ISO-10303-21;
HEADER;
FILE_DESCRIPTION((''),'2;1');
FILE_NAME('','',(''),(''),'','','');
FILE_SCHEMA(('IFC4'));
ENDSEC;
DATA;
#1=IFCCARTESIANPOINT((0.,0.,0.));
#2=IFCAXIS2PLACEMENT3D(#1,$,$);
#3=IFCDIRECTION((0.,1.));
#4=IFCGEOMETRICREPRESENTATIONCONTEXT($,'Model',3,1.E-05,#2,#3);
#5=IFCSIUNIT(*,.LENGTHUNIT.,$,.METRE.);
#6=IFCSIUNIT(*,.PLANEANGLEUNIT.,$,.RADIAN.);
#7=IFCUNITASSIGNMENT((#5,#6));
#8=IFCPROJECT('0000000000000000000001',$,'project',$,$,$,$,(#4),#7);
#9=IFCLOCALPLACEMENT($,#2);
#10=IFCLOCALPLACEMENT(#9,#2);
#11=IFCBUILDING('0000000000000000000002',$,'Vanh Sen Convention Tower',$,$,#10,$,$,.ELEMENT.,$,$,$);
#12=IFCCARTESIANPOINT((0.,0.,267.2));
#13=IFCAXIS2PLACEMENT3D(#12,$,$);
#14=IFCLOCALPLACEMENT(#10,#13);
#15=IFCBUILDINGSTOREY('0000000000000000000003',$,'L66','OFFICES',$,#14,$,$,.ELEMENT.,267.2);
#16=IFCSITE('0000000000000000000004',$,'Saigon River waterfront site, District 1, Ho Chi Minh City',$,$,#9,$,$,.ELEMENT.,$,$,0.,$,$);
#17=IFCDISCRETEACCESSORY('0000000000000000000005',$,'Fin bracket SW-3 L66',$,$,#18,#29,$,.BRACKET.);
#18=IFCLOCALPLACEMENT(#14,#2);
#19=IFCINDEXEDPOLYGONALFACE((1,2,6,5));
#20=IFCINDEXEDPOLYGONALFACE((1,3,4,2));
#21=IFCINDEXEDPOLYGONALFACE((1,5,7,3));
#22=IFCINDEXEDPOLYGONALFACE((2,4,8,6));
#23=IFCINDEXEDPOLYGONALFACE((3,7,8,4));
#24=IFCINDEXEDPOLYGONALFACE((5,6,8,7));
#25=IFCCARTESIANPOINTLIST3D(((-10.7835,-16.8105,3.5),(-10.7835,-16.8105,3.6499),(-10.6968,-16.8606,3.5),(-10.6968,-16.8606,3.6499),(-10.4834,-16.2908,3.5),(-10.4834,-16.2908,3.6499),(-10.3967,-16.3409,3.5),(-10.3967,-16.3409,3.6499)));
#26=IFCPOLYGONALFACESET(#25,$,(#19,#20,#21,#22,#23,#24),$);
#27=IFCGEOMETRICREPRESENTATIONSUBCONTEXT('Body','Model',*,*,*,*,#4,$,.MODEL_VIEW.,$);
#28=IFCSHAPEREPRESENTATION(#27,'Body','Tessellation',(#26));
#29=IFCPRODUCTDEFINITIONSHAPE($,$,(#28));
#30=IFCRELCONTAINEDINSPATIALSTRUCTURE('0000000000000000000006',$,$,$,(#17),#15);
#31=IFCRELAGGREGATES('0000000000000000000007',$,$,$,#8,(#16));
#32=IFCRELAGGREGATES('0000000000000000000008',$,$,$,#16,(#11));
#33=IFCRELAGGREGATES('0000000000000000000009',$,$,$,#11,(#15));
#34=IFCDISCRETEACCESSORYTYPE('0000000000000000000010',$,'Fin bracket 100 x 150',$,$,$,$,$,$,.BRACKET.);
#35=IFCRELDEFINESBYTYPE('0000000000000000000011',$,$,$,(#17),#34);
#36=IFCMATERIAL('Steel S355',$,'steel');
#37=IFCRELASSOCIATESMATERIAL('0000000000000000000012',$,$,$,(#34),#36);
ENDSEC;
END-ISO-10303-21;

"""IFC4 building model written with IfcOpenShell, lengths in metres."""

from ifc_helpers import new_model, si_unit, direction, frame, origin, origin_2d, place, context, subcontext, project, spatial, rectangle, extrude, material, type_object, element, save


model = new_model("IFC4")

# Units and contexts
model_context = context("Model", 3, precision=1e-05, world=origin(), true_north=direction((0.0, 1.0)))
body_context = subcontext(model_context, "Body", "Model", "MODEL_VIEW")
ifc_project = project(units=[si_unit("LENGTHUNIT", "METRE"), si_unit("PLANEANGLEUNIT", "RADIAN")], contexts=[model_context])

# Site, building, storey
site_placement = place(None, origin())
site = spatial("IfcSite", under=ifc_project, at=site_placement, Name="Saigon River waterfront site, District 1, Ho Chi Minh City", CompositionType="ELEMENT", RefElevation=0.0)
building_placement = place(site_placement, origin())
building = spatial("IfcBuilding", under=site, at=building_placement, Name="Vanh Sen Convention Tower", CompositionType="ELEMENT")
storey_placement = place(building_placement, frame((0.0, 0.0, 267.2)))
storey = spatial("IfcBuildingStorey", under=building, at=storey_placement, Name="L66", Description="OFFICES", CompositionType="ELEMENT", Elevation=267.2)

# Discrete accessory
ifc_material_1 = material(Name="Steel S355", Category="steel")
discrete_accessory_type = type_object("IfcDiscreteAccessoryType", Name="Fin bracket 100 x 150", PredefinedType="BRACKET", material=ifc_material_1)
for number, where, z_axis, x_axis, name in (
    (1, (-10.5901, -16.5757, 3.5), (0.0, 0.0, 1.0), (-0.5, -0.866025, 0.0), "Fin bracket SW-3 L66"),
):
    element("IfcDiscreteAccessory", number, at=place(storey_placement, frame(where, z_axis=z_axis, x_axis=x_axis)), inside=storey, type_object=discrete_accessory_type, Name=name, PredefinedType="BRACKET", context=body_context, shape_type="SweptSolid", body=[
        extrude(rectangle(XDim=0.6001, YDim=0.1001, at=origin_2d()), origin(), (0.0, 0.0, 1.0), 0.1499),
    ])

save(model, "model.ifc")
